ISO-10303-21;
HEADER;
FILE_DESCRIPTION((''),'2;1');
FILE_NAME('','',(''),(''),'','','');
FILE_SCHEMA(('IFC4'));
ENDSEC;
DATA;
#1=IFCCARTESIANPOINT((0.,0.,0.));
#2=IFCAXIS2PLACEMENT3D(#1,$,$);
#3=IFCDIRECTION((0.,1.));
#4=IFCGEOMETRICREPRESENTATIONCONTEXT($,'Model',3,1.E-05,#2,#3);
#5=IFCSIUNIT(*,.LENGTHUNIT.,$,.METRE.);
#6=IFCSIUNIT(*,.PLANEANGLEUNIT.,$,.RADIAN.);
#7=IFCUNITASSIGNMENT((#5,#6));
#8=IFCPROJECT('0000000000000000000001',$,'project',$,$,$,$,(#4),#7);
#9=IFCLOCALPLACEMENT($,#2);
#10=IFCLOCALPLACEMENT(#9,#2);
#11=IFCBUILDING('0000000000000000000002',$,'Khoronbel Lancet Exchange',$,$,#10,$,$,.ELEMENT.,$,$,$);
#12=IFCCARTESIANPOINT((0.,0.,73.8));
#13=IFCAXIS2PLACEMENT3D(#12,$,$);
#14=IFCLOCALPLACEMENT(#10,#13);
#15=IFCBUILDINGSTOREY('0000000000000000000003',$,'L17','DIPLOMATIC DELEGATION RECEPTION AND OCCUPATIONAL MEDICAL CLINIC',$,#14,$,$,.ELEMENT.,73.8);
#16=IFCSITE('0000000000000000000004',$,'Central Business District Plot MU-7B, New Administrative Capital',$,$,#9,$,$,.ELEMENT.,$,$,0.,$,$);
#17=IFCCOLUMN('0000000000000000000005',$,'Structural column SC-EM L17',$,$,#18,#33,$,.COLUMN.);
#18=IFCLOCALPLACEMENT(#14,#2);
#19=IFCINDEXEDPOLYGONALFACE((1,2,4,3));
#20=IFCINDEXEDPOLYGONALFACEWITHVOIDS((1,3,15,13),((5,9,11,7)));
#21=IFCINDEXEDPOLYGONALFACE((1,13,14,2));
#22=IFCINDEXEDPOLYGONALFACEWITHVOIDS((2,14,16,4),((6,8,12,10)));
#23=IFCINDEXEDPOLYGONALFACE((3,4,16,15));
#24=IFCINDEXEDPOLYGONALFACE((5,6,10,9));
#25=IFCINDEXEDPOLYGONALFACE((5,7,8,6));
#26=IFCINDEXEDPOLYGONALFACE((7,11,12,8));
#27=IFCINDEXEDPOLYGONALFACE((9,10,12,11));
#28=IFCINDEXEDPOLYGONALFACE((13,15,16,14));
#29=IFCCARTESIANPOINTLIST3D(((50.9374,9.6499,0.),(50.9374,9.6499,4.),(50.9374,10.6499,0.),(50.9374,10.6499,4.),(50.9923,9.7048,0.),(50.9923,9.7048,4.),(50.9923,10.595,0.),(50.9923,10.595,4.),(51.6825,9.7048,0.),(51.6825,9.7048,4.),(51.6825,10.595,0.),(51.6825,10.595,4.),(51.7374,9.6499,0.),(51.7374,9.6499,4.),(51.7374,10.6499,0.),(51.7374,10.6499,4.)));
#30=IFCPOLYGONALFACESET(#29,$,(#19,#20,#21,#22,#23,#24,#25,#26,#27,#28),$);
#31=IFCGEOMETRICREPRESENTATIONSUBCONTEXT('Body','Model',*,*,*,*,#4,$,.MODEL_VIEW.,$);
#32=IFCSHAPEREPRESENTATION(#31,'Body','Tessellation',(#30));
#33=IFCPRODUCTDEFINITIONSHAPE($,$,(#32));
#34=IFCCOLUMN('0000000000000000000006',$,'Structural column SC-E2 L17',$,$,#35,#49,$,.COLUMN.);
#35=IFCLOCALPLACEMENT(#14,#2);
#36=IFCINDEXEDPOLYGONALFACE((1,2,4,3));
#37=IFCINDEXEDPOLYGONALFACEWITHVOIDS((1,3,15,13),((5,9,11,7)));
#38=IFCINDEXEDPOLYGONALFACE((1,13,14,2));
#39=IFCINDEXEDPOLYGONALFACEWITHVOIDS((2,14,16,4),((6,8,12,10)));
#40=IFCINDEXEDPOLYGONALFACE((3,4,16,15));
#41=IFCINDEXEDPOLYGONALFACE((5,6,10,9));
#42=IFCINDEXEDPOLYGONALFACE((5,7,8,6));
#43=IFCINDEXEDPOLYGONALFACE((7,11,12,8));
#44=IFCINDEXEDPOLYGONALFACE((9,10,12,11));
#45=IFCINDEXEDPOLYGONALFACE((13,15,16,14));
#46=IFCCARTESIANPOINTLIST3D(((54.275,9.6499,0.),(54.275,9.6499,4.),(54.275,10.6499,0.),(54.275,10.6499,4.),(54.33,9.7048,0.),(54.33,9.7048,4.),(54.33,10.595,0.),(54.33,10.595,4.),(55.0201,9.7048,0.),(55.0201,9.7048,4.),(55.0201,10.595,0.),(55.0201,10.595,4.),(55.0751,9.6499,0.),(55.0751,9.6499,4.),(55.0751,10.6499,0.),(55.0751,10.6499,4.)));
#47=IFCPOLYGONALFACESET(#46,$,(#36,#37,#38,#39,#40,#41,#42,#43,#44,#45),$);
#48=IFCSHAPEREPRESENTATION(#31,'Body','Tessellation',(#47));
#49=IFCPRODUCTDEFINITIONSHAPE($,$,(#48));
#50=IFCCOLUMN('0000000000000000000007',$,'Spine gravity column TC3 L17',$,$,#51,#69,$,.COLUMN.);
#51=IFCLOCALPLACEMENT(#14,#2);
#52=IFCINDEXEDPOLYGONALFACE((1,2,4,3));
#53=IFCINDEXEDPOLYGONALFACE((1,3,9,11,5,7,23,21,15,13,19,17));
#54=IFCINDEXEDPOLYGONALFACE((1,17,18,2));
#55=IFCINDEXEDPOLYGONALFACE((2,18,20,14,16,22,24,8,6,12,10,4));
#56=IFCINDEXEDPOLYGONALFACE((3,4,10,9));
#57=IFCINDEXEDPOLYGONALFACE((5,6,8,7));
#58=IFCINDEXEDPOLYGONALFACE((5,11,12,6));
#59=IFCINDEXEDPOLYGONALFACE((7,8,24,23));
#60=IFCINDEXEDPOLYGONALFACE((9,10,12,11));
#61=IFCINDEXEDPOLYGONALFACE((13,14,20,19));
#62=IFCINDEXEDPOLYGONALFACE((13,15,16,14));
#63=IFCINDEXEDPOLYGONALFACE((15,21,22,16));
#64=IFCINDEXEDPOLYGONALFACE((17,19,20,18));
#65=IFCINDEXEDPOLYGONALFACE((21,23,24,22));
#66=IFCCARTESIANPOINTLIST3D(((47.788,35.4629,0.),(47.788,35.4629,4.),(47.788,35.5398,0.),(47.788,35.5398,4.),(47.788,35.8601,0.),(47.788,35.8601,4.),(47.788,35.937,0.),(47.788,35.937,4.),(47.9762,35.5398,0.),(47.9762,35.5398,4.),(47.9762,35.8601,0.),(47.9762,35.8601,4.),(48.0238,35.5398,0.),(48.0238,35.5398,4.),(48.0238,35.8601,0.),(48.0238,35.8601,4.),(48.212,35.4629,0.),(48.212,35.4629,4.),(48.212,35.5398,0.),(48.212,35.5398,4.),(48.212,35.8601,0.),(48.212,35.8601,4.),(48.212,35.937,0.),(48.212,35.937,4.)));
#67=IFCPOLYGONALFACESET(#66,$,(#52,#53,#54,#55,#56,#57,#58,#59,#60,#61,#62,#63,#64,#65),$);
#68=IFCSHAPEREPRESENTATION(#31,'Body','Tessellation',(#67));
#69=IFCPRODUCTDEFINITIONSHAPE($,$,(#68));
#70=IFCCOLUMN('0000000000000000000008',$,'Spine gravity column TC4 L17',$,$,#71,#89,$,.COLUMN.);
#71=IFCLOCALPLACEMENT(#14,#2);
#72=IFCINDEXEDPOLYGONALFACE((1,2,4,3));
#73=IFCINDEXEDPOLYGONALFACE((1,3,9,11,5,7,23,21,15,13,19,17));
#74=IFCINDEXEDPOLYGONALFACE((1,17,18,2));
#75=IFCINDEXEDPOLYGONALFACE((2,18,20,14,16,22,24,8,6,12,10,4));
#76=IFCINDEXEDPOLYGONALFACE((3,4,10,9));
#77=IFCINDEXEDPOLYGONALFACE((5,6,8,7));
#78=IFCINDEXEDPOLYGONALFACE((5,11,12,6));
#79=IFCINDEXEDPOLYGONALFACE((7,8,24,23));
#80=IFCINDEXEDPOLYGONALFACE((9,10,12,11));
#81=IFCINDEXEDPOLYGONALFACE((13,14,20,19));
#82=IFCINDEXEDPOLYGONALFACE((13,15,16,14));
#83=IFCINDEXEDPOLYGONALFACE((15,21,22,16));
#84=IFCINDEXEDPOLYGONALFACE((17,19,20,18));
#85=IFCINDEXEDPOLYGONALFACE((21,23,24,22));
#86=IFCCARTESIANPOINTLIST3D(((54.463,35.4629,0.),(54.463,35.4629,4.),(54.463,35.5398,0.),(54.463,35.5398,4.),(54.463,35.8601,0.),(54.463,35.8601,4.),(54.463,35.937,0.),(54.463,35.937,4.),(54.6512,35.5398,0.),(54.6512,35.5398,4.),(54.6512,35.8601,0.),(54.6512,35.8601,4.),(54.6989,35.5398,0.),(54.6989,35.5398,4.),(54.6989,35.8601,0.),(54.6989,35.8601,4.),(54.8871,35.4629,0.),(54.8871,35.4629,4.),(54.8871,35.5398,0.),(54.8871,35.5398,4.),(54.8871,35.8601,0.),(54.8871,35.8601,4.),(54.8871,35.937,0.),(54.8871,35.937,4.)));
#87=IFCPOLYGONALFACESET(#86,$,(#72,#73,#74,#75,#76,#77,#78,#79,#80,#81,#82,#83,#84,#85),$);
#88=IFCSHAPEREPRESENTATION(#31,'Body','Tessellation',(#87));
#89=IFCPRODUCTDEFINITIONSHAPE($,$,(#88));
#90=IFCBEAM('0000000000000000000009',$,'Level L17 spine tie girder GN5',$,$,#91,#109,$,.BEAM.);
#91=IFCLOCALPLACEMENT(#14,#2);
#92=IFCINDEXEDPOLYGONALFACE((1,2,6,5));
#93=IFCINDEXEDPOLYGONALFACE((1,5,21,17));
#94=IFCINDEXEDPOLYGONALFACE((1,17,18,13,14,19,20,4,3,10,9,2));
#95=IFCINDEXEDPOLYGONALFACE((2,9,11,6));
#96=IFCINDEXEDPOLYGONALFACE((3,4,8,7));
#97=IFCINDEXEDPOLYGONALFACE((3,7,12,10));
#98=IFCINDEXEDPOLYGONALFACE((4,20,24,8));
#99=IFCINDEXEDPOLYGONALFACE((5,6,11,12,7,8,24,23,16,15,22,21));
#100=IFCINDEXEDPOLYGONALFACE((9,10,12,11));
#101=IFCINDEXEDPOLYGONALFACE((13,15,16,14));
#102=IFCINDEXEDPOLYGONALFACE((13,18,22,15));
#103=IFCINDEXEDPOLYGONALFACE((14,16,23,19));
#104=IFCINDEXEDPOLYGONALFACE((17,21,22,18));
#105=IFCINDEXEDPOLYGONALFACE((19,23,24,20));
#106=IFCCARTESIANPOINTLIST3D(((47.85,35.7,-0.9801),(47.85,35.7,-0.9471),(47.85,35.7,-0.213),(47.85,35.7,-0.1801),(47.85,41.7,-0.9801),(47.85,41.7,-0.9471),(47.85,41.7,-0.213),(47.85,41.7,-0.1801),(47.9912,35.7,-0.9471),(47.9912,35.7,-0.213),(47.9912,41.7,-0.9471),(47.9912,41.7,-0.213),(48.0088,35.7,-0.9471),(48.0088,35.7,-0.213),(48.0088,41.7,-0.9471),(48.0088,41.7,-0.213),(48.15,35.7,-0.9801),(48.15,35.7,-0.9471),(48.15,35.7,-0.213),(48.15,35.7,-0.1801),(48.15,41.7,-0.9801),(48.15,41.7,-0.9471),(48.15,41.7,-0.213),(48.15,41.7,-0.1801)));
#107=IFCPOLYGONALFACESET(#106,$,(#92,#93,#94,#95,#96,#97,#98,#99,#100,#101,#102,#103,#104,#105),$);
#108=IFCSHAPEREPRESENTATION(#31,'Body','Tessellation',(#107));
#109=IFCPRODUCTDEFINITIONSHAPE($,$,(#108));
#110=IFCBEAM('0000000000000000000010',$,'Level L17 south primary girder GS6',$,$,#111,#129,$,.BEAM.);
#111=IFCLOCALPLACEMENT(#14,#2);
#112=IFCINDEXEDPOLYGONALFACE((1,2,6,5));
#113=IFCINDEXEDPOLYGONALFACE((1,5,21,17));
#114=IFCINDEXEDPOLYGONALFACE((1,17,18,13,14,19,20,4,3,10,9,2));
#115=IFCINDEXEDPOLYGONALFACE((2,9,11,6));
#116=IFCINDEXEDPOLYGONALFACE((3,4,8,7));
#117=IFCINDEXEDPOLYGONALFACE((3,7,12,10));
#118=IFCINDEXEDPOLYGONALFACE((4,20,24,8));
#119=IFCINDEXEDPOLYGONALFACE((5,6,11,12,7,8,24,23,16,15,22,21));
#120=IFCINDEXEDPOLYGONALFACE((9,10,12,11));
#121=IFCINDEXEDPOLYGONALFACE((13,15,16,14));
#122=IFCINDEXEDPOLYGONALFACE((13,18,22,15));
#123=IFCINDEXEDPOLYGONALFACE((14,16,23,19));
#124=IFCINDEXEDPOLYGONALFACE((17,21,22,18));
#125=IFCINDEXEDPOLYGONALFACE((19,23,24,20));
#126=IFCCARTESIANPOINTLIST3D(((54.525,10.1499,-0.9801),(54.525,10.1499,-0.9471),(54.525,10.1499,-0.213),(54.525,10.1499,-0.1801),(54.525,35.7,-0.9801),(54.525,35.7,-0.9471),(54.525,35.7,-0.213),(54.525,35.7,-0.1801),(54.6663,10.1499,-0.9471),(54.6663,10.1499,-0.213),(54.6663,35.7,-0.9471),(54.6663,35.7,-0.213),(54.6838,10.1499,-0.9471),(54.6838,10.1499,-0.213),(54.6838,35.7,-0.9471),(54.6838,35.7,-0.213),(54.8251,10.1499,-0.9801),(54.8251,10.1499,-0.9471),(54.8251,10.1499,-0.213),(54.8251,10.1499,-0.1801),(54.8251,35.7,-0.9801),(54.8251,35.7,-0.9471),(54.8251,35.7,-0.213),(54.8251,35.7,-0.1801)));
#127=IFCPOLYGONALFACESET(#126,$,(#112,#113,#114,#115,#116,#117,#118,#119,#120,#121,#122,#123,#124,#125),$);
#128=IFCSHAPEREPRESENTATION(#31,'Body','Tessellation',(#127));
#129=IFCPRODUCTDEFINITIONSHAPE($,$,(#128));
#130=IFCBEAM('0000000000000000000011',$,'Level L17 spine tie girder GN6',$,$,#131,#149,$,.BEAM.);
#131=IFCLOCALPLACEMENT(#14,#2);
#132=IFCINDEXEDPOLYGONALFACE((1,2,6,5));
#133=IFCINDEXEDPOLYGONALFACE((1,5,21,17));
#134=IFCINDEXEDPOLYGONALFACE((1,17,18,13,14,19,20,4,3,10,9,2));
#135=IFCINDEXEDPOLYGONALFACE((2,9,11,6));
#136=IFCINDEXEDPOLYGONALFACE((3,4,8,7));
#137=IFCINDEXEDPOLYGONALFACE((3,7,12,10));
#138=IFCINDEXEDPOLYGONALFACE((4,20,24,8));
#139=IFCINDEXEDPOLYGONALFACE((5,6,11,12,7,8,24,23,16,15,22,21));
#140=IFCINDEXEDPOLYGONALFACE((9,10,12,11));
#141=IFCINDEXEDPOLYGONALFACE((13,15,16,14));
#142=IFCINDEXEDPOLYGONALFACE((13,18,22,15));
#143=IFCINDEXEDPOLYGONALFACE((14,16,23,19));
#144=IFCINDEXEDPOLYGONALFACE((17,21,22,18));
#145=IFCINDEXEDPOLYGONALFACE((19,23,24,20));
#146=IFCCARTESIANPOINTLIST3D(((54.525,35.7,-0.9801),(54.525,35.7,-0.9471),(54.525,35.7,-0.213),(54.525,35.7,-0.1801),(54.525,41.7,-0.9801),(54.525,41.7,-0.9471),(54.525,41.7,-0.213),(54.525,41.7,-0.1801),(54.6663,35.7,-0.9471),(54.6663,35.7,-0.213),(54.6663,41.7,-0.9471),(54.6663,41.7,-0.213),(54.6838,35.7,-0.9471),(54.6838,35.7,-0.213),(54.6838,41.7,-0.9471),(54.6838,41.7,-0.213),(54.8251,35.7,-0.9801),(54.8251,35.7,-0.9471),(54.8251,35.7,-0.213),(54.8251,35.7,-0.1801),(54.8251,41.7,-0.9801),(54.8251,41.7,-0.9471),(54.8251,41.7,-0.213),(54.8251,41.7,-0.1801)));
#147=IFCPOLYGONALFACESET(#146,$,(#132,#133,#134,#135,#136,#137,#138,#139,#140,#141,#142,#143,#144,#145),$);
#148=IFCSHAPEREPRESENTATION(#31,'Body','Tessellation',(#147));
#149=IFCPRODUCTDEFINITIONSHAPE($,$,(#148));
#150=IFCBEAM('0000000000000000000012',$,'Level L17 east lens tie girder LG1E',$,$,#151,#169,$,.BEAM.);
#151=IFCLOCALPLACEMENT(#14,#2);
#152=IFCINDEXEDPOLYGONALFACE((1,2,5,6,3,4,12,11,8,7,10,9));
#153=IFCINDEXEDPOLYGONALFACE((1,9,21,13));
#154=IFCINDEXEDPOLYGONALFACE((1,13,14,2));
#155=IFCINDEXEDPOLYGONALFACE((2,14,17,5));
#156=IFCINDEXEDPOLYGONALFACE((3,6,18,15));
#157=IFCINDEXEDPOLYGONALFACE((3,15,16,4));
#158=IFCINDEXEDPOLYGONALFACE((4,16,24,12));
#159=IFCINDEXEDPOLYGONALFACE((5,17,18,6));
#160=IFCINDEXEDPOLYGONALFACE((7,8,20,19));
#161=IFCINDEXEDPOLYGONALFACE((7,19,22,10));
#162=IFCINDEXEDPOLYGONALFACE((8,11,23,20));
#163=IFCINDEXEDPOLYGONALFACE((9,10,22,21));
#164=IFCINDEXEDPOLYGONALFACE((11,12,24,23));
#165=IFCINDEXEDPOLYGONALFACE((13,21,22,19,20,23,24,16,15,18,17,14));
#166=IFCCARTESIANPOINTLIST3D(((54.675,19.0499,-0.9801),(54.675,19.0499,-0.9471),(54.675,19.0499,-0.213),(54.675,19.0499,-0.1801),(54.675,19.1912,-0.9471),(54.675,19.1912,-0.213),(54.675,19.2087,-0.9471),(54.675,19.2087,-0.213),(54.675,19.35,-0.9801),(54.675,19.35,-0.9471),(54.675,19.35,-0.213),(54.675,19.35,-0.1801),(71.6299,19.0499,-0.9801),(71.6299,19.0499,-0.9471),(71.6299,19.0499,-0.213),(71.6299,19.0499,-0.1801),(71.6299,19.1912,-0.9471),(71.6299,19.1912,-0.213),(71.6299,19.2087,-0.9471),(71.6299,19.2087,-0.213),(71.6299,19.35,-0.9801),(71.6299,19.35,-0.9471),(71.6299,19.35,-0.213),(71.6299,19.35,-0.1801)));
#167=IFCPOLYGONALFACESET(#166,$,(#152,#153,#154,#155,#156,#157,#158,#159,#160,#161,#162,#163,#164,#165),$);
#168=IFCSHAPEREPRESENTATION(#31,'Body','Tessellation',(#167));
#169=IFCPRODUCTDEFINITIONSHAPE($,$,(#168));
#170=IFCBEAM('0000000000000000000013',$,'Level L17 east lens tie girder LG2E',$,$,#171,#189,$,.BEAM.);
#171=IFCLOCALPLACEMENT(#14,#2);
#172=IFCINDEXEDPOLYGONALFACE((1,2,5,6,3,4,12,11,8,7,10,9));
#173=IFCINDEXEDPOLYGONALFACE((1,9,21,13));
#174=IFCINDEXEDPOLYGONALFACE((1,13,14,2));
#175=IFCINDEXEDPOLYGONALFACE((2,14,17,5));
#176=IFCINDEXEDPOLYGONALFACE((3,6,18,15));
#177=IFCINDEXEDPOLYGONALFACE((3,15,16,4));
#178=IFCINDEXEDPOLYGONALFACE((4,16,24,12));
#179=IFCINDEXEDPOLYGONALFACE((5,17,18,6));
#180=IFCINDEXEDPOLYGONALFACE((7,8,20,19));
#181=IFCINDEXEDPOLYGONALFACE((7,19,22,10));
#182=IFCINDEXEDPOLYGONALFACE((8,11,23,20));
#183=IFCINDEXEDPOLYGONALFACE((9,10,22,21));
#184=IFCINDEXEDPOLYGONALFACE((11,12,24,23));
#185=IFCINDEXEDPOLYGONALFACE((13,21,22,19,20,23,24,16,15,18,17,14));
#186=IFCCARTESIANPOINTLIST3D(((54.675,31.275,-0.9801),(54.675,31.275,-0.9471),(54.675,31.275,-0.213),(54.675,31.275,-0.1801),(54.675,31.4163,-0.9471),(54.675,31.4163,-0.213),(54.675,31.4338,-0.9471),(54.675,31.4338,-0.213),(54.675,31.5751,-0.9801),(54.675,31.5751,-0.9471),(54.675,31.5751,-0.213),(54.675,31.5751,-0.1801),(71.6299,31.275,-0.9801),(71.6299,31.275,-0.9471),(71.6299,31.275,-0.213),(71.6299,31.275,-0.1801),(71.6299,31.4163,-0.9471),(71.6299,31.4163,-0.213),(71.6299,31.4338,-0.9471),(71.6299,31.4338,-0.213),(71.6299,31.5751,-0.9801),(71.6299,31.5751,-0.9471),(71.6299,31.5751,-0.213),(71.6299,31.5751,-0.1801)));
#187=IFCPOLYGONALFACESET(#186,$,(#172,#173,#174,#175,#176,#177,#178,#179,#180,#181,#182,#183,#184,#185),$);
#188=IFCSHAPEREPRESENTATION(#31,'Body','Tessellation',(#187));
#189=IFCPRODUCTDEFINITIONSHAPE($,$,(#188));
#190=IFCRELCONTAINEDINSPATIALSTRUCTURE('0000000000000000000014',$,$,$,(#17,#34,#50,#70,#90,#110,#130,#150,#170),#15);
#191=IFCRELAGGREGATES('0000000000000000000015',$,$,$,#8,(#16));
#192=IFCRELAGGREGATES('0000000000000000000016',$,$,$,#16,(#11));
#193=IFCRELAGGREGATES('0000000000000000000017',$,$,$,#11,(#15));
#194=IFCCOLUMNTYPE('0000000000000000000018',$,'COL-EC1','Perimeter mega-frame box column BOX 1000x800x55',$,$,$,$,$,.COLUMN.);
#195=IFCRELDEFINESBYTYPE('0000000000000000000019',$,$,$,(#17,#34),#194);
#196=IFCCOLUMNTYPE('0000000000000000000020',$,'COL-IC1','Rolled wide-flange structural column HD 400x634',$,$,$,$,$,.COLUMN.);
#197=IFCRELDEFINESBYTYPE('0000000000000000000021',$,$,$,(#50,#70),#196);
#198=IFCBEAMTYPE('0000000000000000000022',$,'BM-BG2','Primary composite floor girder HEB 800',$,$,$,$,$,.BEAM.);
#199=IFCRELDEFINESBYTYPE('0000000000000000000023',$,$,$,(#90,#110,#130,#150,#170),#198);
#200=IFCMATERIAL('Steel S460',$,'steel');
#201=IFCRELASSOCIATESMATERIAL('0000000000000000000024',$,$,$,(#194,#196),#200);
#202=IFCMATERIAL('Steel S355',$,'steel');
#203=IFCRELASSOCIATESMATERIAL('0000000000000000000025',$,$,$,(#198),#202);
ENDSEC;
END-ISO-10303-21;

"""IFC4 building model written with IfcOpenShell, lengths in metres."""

from ifc_helpers import new_model, si_unit, direction, frame, origin, origin_2d, place, context, subcontext, project, spatial, hollow_rectangle, i_section, extrude, material, material_profile, profile_set, type_object, element, save


model = new_model("IFC4")

# Units and contexts
model_context = context("Model", 3, precision=1e-05, world=origin(), true_north=direction((0.0, 1.0)))
body_context = subcontext(model_context, "Body", "Model", "MODEL_VIEW")
ifc_project = project(units=[si_unit("LENGTHUNIT", "METRE"), si_unit("PLANEANGLEUNIT", "RADIAN")], contexts=[model_context])

# Site, building, storey
site_placement = place(None, origin())
site = spatial("IfcSite", under=ifc_project, at=site_placement, Name="Central Business District Plot MU-7B, New Administrative Capital", CompositionType="ELEMENT", RefElevation=0.0)
building_placement = place(site_placement, origin())
building = spatial("IfcBuilding", under=site, at=building_placement, Name="Khoronbel Lancet Exchange", CompositionType="ELEMENT")
storey_placement = place(building_placement, frame((0.0, 0.0, 73.8)))
storey = spatial("IfcBuildingStorey", under=building, at=storey_placement, Name="L17", Description="DIPLOMATIC DELEGATION RECEPTION AND OCCUPATIONAL MEDICAL CLINIC", CompositionType="ELEMENT", Elevation=73.8)

# Columns
ifc_material_1 = material(Name="Steel S460", Category="steel")
ifc_material_profile_1 = material_profile(ifc_material_1, hollow_rectangle(XDim=0.8, YDim=1.0, WallThickness=0.0549, at=origin_2d()), Name="BOX 1000x800x55")
ifc_profile_set_1 = profile_set([ifc_material_profile_1], Name="Steel S460")
column_type_1 = type_object("IfcColumnType", Name="COL-EC1", Description="Perimeter mega-frame box column BOX 1000x800x55", PredefinedType="COLUMN", material=ifc_profile_set_1)
for number, where, z_axis, x_axis, name in (
    (1, (51.3374, 10.1499, 0.0), (0.0, 0.0, 1.0), (1.0, 0.0, 0.0), "Structural column SC-EM L17"),
    (2, (54.675, 10.1499, 0.0), (0.0, 0.0, 1.0), (1.0, 0.0, 0.0), "Structural column SC-E2 L17"),
):
    element("IfcColumn", number, at=place(storey_placement, frame(where, z_axis=z_axis, x_axis=x_axis)), inside=storey, type_object=column_type_1, Name=name, PredefinedType="COLUMN", context=body_context, shape_type="SweptSolid", body=[
        extrude(hollow_rectangle(XDim=0.8, YDim=1.0, WallThickness=0.0549, at=origin_2d()), origin(), (0.0, 0.0, 1.0), 4.0),
    ])
ifc_material_profile_2 = material_profile(ifc_material_1, i_section(OverallWidth=0.4241, OverallDepth=0.4741, WebThickness=0.0476, FlangeThickness=0.0769, at=origin_2d()), Name="HD 400x634")
ifc_profile_set_2 = profile_set([ifc_material_profile_2], Name="Steel S460")
column_type_2 = type_object("IfcColumnType", Name="COL-IC1", Description="Rolled wide-flange structural column HD 400x634", PredefinedType="COLUMN", material=ifc_profile_set_2)
for number, where, z_axis, x_axis, name in (
    (3, (48.0, 35.7, 0.0), (0.0, 0.0, 1.0), (1.0, 0.0, 0.0), "Spine gravity column TC3 L17"),
    (4, (54.675, 35.7, 0.0), (0.0, 0.0, 1.0), (1.0, 0.0, 0.0), "Spine gravity column TC4 L17"),
):
    element("IfcColumn", number, at=place(storey_placement, frame(where, z_axis=z_axis, x_axis=x_axis)), inside=storey, type_object=column_type_2, Name=name, PredefinedType="COLUMN", context=body_context, shape_type="SweptSolid", body=[
        extrude(i_section(OverallWidth=0.4241, OverallDepth=0.4741, WebThickness=0.0476, FlangeThickness=0.0769, at=origin_2d()), origin(), (0.0, 0.0, 1.0), 4.0),
    ])

# Beams
ifc_material_2 = material(Name="Steel S355", Category="steel")
ifc_material_profile_3 = material_profile(ifc_material_2, i_section(OverallWidth=0.3, OverallDepth=0.8, WebThickness=0.0176, FlangeThickness=0.033, at=origin_2d()), Name="HEB 800")
ifc_profile_set_3 = profile_set([ifc_material_profile_3], Name="Steel S355")
beam_type_1 = type_object("IfcBeamType", Name="BM-BG2", Description="Primary composite floor girder HEB 800", PredefinedType="BEAM", material=ifc_profile_set_3)
beam_1_placement = place(storey_placement, frame((48.0, 35.7, -0.5801), z_axis=(0.0, 1.0, 0.0), x_axis=(-1.0, 0.0, 0.0)))
element("IfcBeam", 5, at=beam_1_placement, inside=storey, type_object=beam_type_1, Name="Level L17 spine tie girder GN5", PredefinedType="BEAM", context=body_context, shape_type="SweptSolid", body=[
    extrude(i_section(OverallWidth=0.3, OverallDepth=0.8, WebThickness=0.0176, FlangeThickness=0.033, at=origin_2d()), origin(), (0.0, 0.0, 1.0), 6.0),
])
beam_2_placement = place(storey_placement, frame((54.675, 10.1499, -0.5801), z_axis=(0.0, 1.0, 0.0), x_axis=(-1.0, 0.0, 0.0)))
element("IfcBeam", 6, at=beam_2_placement, inside=storey, type_object=beam_type_1, Name="Level L17 south primary girder GS6", PredefinedType="BEAM", context=body_context, shape_type="SweptSolid", body=[
    extrude(i_section(OverallWidth=0.3, OverallDepth=0.8, WebThickness=0.0176, FlangeThickness=0.033, at=origin_2d()), origin(), (0.0, 0.0, 1.0), 25.55),
])
beam_3_placement = place(storey_placement, frame((54.675, 35.7, -0.5801), z_axis=(0.0, 1.0, 0.0), x_axis=(-1.0, 0.0, 0.0)))
element("IfcBeam", 7, at=beam_3_placement, inside=storey, type_object=beam_type_1, Name="Level L17 spine tie girder GN6", PredefinedType="BEAM", context=body_context, shape_type="SweptSolid", body=[
    extrude(i_section(OverallWidth=0.3, OverallDepth=0.8, WebThickness=0.0176, FlangeThickness=0.033, at=origin_2d()), origin(), (0.0, 0.0, 1.0), 6.0),
])
for number, where, z_axis, x_axis, name in (
    (8, (54.675, 19.2, -0.5801), (1.0, 0.0, 0.0), (0.0, 1.0, 0.0), "Level L17 east lens tie girder LG1E"),
    (9, (54.675, 31.425, -0.5801), (1.0, 0.0, 0.0), (0.0, 1.0, 0.0), "Level L17 east lens tie girder LG2E"),
):
    element("IfcBeam", number, at=place(storey_placement, frame(where, z_axis=z_axis, x_axis=x_axis)), inside=storey, type_object=beam_type_1, Name=name, PredefinedType="BEAM", context=body_context, shape_type="SweptSolid", body=[
        extrude(i_section(OverallWidth=0.3, OverallDepth=0.8, WebThickness=0.0176, FlangeThickness=0.033, at=origin_2d()), origin(), (0.0, 0.0, 1.0), 16.9548),
    ])

save(model, "model.ifc")
